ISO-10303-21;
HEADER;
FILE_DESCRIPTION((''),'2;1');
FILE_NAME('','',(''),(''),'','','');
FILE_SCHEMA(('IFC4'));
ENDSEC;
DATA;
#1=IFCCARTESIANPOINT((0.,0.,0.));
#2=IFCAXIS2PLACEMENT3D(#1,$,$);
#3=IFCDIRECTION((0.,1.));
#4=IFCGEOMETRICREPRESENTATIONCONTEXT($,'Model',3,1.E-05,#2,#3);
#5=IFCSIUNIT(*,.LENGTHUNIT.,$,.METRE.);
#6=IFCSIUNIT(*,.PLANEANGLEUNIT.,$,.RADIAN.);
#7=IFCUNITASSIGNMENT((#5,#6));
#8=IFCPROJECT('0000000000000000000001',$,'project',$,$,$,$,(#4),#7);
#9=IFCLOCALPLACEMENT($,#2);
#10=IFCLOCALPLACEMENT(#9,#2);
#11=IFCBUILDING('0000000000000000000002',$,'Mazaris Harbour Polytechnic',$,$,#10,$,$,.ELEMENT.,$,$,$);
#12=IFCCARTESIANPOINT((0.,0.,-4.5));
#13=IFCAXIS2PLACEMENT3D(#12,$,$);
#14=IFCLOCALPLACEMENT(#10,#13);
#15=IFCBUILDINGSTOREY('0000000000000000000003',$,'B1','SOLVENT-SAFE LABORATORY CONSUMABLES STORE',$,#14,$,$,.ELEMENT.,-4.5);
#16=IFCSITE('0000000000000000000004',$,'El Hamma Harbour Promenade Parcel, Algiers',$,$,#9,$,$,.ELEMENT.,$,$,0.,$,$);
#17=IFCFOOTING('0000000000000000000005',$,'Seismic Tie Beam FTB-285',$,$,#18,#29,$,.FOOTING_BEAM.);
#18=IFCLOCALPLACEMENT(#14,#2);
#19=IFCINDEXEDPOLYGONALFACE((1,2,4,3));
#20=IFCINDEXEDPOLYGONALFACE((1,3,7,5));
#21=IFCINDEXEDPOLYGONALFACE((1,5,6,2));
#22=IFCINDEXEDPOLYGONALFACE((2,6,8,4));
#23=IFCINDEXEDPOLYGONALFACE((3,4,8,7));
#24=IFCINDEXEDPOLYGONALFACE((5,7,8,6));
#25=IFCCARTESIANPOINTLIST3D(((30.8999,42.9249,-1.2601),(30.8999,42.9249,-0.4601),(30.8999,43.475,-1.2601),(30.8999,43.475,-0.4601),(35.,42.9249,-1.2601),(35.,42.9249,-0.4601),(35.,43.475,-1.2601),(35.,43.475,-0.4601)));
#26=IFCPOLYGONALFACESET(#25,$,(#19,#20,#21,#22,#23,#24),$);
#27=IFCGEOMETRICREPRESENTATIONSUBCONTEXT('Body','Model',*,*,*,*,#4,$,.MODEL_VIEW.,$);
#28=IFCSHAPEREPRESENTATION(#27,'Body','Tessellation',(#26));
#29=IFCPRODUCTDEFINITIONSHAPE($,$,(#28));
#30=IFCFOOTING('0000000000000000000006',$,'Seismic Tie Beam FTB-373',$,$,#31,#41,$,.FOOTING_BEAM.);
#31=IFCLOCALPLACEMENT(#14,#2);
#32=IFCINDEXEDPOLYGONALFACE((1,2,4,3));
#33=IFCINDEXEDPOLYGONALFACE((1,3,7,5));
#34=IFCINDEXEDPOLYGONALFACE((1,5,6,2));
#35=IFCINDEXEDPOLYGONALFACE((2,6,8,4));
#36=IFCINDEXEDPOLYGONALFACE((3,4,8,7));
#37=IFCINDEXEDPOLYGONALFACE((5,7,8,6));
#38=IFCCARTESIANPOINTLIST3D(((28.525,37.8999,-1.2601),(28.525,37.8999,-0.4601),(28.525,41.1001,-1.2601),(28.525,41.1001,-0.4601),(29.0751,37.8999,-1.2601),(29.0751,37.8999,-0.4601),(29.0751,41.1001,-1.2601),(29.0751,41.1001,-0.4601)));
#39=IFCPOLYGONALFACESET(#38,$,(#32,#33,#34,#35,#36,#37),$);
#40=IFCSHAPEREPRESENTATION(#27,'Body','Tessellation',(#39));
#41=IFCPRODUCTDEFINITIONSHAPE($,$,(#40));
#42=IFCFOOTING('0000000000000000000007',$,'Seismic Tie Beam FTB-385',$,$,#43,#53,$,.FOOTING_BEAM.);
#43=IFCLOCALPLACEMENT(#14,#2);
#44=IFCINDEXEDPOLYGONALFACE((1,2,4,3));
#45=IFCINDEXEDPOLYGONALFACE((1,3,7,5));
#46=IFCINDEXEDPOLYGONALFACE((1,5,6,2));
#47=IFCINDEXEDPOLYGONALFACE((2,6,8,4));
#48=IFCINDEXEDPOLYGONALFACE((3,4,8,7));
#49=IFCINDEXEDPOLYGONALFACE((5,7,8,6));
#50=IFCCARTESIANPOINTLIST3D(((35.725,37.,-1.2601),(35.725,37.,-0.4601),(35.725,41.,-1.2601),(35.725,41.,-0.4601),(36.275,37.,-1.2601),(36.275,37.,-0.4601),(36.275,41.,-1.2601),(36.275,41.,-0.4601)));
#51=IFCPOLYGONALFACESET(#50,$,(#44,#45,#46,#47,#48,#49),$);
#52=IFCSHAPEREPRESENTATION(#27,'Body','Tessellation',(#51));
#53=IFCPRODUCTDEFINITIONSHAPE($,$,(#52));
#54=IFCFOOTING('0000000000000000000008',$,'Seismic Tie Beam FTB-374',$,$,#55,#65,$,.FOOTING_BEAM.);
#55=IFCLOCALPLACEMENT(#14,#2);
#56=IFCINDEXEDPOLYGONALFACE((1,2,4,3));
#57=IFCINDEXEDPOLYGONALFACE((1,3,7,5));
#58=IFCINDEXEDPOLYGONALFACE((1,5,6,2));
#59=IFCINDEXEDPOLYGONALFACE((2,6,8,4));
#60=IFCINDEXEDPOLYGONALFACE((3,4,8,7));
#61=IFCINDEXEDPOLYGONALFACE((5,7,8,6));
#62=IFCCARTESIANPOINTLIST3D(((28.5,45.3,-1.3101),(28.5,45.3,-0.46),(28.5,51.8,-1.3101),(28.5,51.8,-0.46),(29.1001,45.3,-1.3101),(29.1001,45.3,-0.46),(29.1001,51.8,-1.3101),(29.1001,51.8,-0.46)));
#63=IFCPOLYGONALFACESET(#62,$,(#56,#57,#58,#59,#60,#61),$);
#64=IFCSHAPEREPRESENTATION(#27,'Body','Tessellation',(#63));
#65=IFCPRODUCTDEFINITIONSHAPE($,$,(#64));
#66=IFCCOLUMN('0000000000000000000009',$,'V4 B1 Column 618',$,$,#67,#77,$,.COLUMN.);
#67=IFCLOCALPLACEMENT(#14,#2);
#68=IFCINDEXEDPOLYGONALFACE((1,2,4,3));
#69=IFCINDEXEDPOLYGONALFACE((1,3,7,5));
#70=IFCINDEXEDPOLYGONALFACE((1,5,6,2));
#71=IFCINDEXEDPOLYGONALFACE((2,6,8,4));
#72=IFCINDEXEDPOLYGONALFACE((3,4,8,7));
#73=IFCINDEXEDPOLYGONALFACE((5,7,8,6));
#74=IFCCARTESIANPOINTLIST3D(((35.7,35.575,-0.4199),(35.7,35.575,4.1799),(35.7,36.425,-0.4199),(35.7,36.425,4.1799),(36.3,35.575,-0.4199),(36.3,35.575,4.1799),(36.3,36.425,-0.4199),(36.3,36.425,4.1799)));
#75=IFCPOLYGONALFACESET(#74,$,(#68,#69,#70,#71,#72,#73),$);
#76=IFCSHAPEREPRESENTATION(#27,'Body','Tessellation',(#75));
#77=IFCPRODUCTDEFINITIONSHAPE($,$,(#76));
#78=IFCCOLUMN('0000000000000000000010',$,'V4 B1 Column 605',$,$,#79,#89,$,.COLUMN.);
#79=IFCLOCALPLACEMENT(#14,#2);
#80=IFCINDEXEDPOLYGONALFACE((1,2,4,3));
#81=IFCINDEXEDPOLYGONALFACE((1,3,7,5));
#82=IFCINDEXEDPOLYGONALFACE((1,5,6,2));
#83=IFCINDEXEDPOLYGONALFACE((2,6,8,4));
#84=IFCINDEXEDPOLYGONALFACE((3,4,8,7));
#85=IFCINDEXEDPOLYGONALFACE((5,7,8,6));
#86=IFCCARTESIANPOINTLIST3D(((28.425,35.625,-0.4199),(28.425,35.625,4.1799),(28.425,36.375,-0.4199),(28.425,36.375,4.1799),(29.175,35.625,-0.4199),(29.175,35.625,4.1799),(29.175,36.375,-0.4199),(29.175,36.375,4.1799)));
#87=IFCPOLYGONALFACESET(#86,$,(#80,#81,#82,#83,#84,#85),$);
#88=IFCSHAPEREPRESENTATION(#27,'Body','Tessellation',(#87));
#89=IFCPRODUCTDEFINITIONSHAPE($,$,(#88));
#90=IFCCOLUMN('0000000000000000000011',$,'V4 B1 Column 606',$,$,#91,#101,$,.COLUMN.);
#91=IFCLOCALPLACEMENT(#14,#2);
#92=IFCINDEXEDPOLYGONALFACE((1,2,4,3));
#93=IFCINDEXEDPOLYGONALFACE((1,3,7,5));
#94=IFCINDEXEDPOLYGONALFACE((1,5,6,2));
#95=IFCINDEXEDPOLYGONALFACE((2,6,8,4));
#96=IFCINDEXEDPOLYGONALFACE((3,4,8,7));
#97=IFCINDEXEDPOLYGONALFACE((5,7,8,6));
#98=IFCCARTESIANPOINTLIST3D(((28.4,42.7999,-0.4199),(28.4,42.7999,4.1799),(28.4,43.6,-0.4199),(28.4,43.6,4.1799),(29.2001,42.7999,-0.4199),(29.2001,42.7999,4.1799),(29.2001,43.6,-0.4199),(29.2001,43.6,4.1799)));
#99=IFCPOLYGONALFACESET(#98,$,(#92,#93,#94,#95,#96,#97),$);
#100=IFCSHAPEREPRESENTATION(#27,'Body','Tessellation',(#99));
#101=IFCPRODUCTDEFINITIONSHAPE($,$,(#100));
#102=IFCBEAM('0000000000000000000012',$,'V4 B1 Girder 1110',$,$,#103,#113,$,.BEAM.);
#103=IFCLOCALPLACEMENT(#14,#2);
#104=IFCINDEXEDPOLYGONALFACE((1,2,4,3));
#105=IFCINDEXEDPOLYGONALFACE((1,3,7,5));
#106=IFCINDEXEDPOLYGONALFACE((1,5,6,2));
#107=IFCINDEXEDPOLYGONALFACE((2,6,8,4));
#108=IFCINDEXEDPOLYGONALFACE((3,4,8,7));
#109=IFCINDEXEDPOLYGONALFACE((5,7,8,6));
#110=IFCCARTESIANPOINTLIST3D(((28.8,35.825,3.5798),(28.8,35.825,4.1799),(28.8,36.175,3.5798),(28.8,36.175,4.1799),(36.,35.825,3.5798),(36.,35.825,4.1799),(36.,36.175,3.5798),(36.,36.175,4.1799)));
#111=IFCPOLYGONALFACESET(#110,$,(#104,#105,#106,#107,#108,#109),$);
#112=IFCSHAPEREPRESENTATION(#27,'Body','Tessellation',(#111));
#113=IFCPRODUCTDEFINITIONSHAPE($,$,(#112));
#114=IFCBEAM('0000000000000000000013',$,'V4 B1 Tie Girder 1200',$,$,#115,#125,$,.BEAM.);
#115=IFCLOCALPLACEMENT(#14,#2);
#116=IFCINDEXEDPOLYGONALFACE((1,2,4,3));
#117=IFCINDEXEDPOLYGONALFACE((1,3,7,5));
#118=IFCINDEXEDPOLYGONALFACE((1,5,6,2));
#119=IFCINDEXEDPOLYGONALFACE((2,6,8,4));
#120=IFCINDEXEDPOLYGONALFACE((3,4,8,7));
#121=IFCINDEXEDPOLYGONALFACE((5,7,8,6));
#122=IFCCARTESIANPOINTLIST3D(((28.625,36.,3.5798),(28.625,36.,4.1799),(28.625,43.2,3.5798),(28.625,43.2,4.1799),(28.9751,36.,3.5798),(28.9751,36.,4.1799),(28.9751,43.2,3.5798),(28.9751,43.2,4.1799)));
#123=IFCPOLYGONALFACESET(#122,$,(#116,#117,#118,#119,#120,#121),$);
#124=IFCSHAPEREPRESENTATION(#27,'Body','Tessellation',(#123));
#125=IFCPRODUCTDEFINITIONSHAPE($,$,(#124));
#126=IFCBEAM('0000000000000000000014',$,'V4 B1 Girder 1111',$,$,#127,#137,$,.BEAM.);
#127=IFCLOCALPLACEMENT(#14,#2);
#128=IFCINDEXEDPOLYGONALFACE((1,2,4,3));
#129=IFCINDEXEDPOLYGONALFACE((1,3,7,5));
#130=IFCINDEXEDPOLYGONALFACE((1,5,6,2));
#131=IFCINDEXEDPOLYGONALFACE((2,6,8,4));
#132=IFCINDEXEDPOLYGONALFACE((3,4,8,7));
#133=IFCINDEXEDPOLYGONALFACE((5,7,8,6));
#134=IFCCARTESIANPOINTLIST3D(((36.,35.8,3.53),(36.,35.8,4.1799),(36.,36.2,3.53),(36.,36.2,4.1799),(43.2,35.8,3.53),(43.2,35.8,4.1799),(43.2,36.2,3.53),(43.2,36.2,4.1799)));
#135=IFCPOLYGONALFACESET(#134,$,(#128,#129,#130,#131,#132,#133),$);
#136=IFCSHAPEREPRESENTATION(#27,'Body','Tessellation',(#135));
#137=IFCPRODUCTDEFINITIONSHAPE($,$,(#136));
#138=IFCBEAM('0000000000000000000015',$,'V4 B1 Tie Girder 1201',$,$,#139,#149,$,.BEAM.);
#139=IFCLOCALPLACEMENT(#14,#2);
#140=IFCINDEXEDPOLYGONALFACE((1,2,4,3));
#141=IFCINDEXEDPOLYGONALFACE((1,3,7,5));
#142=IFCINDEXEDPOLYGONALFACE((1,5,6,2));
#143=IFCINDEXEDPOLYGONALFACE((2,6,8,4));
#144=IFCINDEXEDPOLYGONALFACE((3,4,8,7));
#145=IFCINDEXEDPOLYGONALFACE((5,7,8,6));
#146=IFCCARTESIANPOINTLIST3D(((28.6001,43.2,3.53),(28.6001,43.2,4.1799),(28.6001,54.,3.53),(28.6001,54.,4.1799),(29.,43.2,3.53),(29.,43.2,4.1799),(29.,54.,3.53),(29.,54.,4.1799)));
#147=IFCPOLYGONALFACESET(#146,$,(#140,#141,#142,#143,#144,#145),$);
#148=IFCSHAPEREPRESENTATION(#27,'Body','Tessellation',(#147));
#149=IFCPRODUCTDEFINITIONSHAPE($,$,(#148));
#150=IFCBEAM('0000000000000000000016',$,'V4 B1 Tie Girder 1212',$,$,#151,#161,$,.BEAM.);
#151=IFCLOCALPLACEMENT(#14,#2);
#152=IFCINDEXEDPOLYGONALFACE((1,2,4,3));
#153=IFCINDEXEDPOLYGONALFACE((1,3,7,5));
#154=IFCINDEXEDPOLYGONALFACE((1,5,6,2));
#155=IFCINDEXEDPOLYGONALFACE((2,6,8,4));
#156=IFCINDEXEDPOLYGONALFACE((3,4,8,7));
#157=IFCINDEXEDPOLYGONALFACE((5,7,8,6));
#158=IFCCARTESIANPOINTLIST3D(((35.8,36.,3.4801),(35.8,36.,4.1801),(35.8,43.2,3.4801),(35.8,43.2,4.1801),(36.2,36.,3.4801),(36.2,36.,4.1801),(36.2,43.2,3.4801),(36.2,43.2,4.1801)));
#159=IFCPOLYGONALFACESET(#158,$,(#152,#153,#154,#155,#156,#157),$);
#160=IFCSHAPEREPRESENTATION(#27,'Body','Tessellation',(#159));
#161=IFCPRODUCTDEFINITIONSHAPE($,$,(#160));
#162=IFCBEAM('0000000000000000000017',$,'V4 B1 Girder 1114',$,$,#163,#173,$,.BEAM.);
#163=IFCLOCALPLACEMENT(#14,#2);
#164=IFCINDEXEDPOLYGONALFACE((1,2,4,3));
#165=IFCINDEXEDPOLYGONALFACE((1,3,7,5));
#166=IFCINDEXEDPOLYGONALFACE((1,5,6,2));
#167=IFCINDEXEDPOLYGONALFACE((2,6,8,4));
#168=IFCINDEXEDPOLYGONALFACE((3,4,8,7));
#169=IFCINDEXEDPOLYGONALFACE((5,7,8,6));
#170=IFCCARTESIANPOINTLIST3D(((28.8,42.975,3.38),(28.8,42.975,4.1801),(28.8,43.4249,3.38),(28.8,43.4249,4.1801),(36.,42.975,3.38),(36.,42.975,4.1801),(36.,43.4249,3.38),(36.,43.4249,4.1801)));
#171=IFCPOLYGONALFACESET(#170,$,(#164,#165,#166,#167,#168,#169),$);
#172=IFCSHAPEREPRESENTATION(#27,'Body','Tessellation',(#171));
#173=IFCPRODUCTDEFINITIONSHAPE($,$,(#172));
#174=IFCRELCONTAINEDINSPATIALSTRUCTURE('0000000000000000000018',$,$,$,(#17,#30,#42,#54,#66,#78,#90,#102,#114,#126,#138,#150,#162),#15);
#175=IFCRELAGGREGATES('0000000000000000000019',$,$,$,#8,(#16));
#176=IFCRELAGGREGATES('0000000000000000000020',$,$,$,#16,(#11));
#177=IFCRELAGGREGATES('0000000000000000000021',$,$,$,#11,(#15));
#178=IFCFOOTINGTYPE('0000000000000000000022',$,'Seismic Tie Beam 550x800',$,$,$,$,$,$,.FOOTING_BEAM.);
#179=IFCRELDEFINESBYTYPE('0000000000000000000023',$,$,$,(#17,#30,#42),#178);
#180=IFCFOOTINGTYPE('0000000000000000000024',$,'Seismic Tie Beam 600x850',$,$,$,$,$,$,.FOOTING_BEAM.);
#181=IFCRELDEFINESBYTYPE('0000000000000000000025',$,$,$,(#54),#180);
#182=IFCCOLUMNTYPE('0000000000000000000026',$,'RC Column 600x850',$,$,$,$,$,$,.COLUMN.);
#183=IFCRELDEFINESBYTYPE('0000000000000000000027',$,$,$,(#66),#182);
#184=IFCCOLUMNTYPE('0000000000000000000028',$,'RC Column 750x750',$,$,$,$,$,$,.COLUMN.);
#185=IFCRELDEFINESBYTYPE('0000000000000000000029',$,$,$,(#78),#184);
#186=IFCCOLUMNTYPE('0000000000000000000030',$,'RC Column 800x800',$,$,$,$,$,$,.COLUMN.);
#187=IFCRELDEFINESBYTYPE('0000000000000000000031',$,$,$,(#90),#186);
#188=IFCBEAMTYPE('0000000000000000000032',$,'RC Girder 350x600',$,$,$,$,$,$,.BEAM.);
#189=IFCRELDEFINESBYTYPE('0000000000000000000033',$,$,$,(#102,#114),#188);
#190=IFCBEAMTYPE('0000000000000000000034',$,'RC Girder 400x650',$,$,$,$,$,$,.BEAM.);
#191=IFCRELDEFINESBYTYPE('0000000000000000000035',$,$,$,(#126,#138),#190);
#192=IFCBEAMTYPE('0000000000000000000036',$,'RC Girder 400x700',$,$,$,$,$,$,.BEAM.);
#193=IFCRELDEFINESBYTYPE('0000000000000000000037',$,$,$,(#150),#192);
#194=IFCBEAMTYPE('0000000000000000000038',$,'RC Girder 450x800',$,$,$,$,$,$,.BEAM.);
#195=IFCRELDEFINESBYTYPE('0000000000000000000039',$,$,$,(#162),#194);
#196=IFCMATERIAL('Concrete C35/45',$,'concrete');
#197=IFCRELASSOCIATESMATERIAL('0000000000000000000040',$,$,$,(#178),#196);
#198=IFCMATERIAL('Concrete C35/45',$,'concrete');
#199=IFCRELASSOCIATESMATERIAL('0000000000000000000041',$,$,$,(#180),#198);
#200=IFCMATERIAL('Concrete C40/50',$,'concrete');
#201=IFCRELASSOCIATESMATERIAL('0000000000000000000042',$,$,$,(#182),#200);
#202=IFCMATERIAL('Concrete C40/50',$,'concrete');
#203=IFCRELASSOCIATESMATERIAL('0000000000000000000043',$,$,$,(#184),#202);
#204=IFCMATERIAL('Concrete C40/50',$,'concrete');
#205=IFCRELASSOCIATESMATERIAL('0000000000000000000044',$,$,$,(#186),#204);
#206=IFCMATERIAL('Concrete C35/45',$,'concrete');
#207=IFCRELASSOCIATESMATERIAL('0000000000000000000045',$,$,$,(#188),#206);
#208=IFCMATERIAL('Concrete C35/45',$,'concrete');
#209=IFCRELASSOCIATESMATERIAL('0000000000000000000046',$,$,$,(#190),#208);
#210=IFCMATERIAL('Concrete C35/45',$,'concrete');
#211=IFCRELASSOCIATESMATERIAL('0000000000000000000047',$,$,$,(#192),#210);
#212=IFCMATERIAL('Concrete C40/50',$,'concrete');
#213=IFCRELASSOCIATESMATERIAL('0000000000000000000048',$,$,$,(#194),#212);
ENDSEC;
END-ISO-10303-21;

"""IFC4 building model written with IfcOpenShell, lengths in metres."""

from ifc_helpers import new_model, si_unit, direction, frame, origin, origin_2d, place, context, subcontext, project, spatial, rectangle, extrude, material, material_profile, profile_set, type_object, element, save


model = new_model("IFC4")

# Units and contexts
model_context = context("Model", 3, precision=1e-05, world=origin(), true_north=direction((0.0, 1.0)))
body_context = subcontext(model_context, "Body", "Model", "MODEL_VIEW")
ifc_project = project(units=[si_unit("LENGTHUNIT", "METRE"), si_unit("PLANEANGLEUNIT", "RADIAN")], contexts=[model_context])

# Site, building, storey
site_placement = place(None, origin())
site = spatial("IfcSite", under=ifc_project, at=site_placement, Name="El Hamma Harbour Promenade Parcel, Algiers", CompositionType="ELEMENT", RefElevation=0.0)
building_placement = place(site_placement, origin())
building = spatial("IfcBuilding", under=site, at=building_placement, Name="Mazaris Harbour Polytechnic", CompositionType="ELEMENT")
storey_placement = place(building_placement, frame((0.0, 0.0, -4.5)))
storey = spatial("IfcBuildingStorey", under=building, at=storey_placement, Name="B1", Description="SOLVENT-SAFE LABORATORY CONSUMABLES STORE", CompositionType="ELEMENT", Elevation=-4.5)

# Footings
ifc_material_1 = material(Name="Concrete C35/45", Category="concrete")
ifc_material_profile_1 = material_profile(ifc_material_1, rectangle(XDim=0.55, YDim=0.8, at=origin_2d()), Name="RECT550x800")
ifc_profile_set_1 = profile_set([ifc_material_profile_1], Name="Concrete C35/45")
footing_type_1 = type_object("IfcFootingType", Name="Seismic Tie Beam 550x800", PredefinedType="FOOTING_BEAM", material=ifc_profile_set_1)
footing_1_placement = place(storey_placement, frame((30.8999, 43.2, -0.8601), z_axis=(1.0, 0.0, 0.0), x_axis=(0.0, 1.0, 0.0)))
element("IfcFooting", 1, at=footing_1_placement, inside=storey, type_object=footing_type_1, Name="Seismic Tie Beam FTB-285", PredefinedType="FOOTING_BEAM", context=body_context, shape_type="SweptSolid", body=[
    extrude(rectangle(XDim=0.55, YDim=0.8, at=origin_2d()), origin(), (0.0, 0.0, 1.0), 4.1001),
])
footing_2_placement = place(storey_placement, frame((28.8, 37.8999, -0.8601), z_axis=(0.0, 1.0, 0.0), x_axis=(-1.0, 0.0, 0.0)))
element("IfcFooting", 2, at=footing_2_placement, inside=storey, type_object=footing_type_1, Name="Seismic Tie Beam FTB-373", PredefinedType="FOOTING_BEAM", context=body_context, shape_type="SweptSolid", body=[
    extrude(rectangle(XDim=0.55, YDim=0.8, at=origin_2d()), origin(), (0.0, 0.0, 1.0), 3.2002),
])
footing_3_placement = place(storey_placement, frame((36.0, 37.0, -0.8601), z_axis=(0.0, 1.0, 0.0), x_axis=(-1.0, 0.0, 0.0)))
element("IfcFooting", 3, at=footing_3_placement, inside=storey, type_object=footing_type_1, Name="Seismic Tie Beam FTB-385", PredefinedType="FOOTING_BEAM", context=body_context, shape_type="SweptSolid", body=[
    extrude(rectangle(XDim=0.55, YDim=0.8, at=origin_2d()), origin(), (0.0, 0.0, 1.0), 4.0),
])
ifc_material_2 = material(Name="Concrete C35/45", Category="concrete")
ifc_material_profile_2 = material_profile(ifc_material_2, rectangle(XDim=0.6001, YDim=0.8501, at=origin_2d()), Name="RECT600x850")
ifc_profile_set_2 = profile_set([ifc_material_profile_2], Name="Concrete C35/45")
footing_type_2 = type_object("IfcFootingType", Name="Seismic Tie Beam 600x850", PredefinedType="FOOTING_BEAM", material=ifc_profile_set_2)
footing_4_placement = place(storey_placement, frame((28.8, 45.3, -0.885), z_axis=(0.0, 1.0, 0.0), x_axis=(-1.0, 0.0, 0.0)))
element("IfcFooting", 4, at=footing_4_placement, inside=storey, type_object=footing_type_2, Name="Seismic Tie Beam FTB-374", PredefinedType="FOOTING_BEAM", context=body_context, shape_type="SweptSolid", body=[
    extrude(rectangle(XDim=0.6001, YDim=0.8501, at=origin_2d()), origin(), (0.0, 0.0, 1.0), 6.5),
])

# Columns
ifc_material_3 = material(Name="Concrete C40/50", Category="concrete")
ifc_material_profile_3 = material_profile(ifc_material_3, rectangle(XDim=0.6001, YDim=0.8501, at=origin_2d()), Name="RECT600x850")
ifc_profile_set_3 = profile_set([ifc_material_profile_3], Name="Concrete C40/50")
column_type_1 = type_object("IfcColumnType", Name="RC Column 600x850", PredefinedType="COLUMN", material=ifc_profile_set_3)
column_1_placement = place(storey_placement, frame((36.0, 36.0, -0.4199), z_axis=(0.0, 0.0, 1.0), x_axis=(1.0, 0.0, 0.0)))
element("IfcColumn", 5, at=column_1_placement, inside=storey, type_object=column_type_1, Name="V4 B1 Column 618", PredefinedType="COLUMN", context=body_context, shape_type="SweptSolid", body=[
    extrude(rectangle(XDim=0.6001, YDim=0.8501, at=origin_2d()), origin(), (0.0, 0.0, 1.0), 4.5999),
])
ifc_material_4 = material(Name="Concrete C40/50", Category="concrete")
ifc_material_profile_4 = material_profile(ifc_material_4, rectangle(XDim=0.75, YDim=0.75, at=origin_2d()), Name="RECT750x750")
ifc_profile_set_4 = profile_set([ifc_material_profile_4], Name="Concrete C40/50")
column_type_2 = type_object("IfcColumnType", Name="RC Column 750x750", PredefinedType="COLUMN", material=ifc_profile_set_4)
column_2_placement = place(storey_placement, frame((28.8, 36.0, -0.4199), z_axis=(0.0, 0.0, 1.0), x_axis=(1.0, 0.0, 0.0)))
element("IfcColumn", 6, at=column_2_placement, inside=storey, type_object=column_type_2, Name="V4 B1 Column 605", PredefinedType="COLUMN", context=body_context, shape_type="SweptSolid", body=[
    extrude(rectangle(XDim=0.75, YDim=0.75, at=origin_2d()), origin(), (0.0, 0.0, 1.0), 4.5999),
])
ifc_material_5 = material(Name="Concrete C40/50", Category="concrete")
ifc_material_profile_5 = material_profile(ifc_material_5, rectangle(XDim=0.8, YDim=0.8, at=origin_2d()), Name="RECT800x800")
ifc_profile_set_5 = profile_set([ifc_material_profile_5], Name="Concrete C40/50")
column_type_3 = type_object("IfcColumnType", Name="RC Column 800x800", PredefinedType="COLUMN", material=ifc_profile_set_5)
column_3_placement = place(storey_placement, frame((28.8, 43.2, -0.4199), z_axis=(0.0, 0.0, 1.0), x_axis=(1.0, 0.0, 0.0)))
element("IfcColumn", 7, at=column_3_placement, inside=storey, type_object=column_type_3, Name="V4 B1 Column 606", PredefinedType="COLUMN", context=body_context, shape_type="SweptSolid", body=[
    extrude(rectangle(XDim=0.8, YDim=0.8, at=origin_2d()), origin(), (0.0, 0.0, 1.0), 4.5999),
])

# Beams
ifc_material_6 = material(Name="Concrete C35/45", Category="concrete")
ifc_material_profile_6 = material_profile(ifc_material_6, rectangle(XDim=0.3501, YDim=0.6001, at=origin_2d()), Name="RECT350x600")
ifc_profile_set_6 = profile_set([ifc_material_profile_6], Name="Concrete C35/45")
beam_type_1 = type_object("IfcBeamType", Name="RC Girder 350x600", PredefinedType="BEAM", material=ifc_profile_set_6)
for number, where, z_axis, x_axis, name in (
    (8, (28.8, 36.0, 3.8799), (1.0, 0.0, 0.0), (0.0, 1.0, 0.0), "V4 B1 Girder 1110"),
    (9, (28.8, 36.0, 3.8799), (0.0, 1.0, 0.0), (-1.0, 0.0, 0.0), "V4 B1 Tie Girder 1200"),
):
    element("IfcBeam", number, at=place(storey_placement, frame(where, z_axis=z_axis, x_axis=x_axis)), inside=storey, type_object=beam_type_1, Name=name, PredefinedType="BEAM", context=body_context, shape_type="SweptSolid", body=[
        extrude(rectangle(XDim=0.3501, YDim=0.6001, at=origin_2d()), origin(), (0.0, 0.0, 1.0), 7.2),
    ])
ifc_material_7 = material(Name="Concrete C35/45", Category="concrete")
ifc_material_profile_7 = material_profile(ifc_material_7, rectangle(XDim=0.3999, YDim=0.6499, at=origin_2d()), Name="RECT400x650")
ifc_profile_set_7 = profile_set([ifc_material_profile_7], Name="Concrete C35/45")
beam_type_2 = type_object("IfcBeamType", Name="RC Girder 400x650", PredefinedType="BEAM", material=ifc_profile_set_7)
beam_1_placement = place(storey_placement, frame((36.0, 36.0, 3.855), z_axis=(1.0, 0.0, 0.0), x_axis=(0.0, 1.0, 0.0)))
element("IfcBeam", 10, at=beam_1_placement, inside=storey, type_object=beam_type_2, Name="V4 B1 Girder 1111", PredefinedType="BEAM", context=body_context, shape_type="SweptSolid", body=[
    extrude(rectangle(XDim=0.3999, YDim=0.6499, at=origin_2d()), origin(), (0.0, 0.0, 1.0), 7.2),
])
beam_2_placement = place(storey_placement, frame((28.8, 43.2, 3.855), z_axis=(0.0, 1.0, 0.0), x_axis=(-1.0, 0.0, 0.0)))
element("IfcBeam", 11, at=beam_2_placement, inside=storey, type_object=beam_type_2, Name="V4 B1 Tie Girder 1201", PredefinedType="BEAM", context=body_context, shape_type="SweptSolid", body=[
    extrude(rectangle(XDim=0.3999, YDim=0.6499, at=origin_2d()), origin(), (0.0, 0.0, 1.0), 10.8),
])
ifc_material_8 = material(Name="Concrete C35/45", Category="concrete")
ifc_material_profile_8 = material_profile(ifc_material_8, rectangle(XDim=0.3999, YDim=0.7, at=origin_2d()), Name="RECT400x700")
ifc_profile_set_8 = profile_set([ifc_material_profile_8], Name="Concrete C35/45")
beam_type_3 = type_object("IfcBeamType", Name="RC Girder 400x700", PredefinedType="BEAM", material=ifc_profile_set_8)
beam_3_placement = place(storey_placement, frame((36.0, 36.0, 3.8301), z_axis=(0.0, 1.0, 0.0), x_axis=(-1.0, 0.0, 0.0)))
element("IfcBeam", 12, at=beam_3_placement, inside=storey, type_object=beam_type_3, Name="V4 B1 Tie Girder 1212", PredefinedType="BEAM", context=body_context, shape_type="SweptSolid", body=[
    extrude(rectangle(XDim=0.3999, YDim=0.7, at=origin_2d()), origin(), (0.0, 0.0, 1.0), 7.2),
])
ifc_material_9 = material(Name="Concrete C40/50", Category="concrete")
ifc_material_profile_9 = material_profile(ifc_material_9, rectangle(XDim=0.45, YDim=0.8, at=origin_2d()), Name="RECT450x800")
ifc_profile_set_9 = profile_set([ifc_material_profile_9], Name="Concrete C40/50")
beam_type_4 = type_object("IfcBeamType", Name="RC Girder 450x800", PredefinedType="BEAM", material=ifc_profile_set_9)
beam_4_placement = place(storey_placement, frame((28.8, 43.2, 3.78), z_axis=(1.0, 0.0, 0.0), x_axis=(0.0, 1.0, 0.0)))
element("IfcBeam", 13, at=beam_4_placement, inside=storey, type_object=beam_type_4, Name="V4 B1 Girder 1114", PredefinedType="BEAM", context=body_context, shape_type="SweptSolid", body=[
    extrude(rectangle(XDim=0.45, YDim=0.8, at=origin_2d()), origin(), (0.0, 0.0, 1.0), 7.2),
])

save(model, "model.ifc")
